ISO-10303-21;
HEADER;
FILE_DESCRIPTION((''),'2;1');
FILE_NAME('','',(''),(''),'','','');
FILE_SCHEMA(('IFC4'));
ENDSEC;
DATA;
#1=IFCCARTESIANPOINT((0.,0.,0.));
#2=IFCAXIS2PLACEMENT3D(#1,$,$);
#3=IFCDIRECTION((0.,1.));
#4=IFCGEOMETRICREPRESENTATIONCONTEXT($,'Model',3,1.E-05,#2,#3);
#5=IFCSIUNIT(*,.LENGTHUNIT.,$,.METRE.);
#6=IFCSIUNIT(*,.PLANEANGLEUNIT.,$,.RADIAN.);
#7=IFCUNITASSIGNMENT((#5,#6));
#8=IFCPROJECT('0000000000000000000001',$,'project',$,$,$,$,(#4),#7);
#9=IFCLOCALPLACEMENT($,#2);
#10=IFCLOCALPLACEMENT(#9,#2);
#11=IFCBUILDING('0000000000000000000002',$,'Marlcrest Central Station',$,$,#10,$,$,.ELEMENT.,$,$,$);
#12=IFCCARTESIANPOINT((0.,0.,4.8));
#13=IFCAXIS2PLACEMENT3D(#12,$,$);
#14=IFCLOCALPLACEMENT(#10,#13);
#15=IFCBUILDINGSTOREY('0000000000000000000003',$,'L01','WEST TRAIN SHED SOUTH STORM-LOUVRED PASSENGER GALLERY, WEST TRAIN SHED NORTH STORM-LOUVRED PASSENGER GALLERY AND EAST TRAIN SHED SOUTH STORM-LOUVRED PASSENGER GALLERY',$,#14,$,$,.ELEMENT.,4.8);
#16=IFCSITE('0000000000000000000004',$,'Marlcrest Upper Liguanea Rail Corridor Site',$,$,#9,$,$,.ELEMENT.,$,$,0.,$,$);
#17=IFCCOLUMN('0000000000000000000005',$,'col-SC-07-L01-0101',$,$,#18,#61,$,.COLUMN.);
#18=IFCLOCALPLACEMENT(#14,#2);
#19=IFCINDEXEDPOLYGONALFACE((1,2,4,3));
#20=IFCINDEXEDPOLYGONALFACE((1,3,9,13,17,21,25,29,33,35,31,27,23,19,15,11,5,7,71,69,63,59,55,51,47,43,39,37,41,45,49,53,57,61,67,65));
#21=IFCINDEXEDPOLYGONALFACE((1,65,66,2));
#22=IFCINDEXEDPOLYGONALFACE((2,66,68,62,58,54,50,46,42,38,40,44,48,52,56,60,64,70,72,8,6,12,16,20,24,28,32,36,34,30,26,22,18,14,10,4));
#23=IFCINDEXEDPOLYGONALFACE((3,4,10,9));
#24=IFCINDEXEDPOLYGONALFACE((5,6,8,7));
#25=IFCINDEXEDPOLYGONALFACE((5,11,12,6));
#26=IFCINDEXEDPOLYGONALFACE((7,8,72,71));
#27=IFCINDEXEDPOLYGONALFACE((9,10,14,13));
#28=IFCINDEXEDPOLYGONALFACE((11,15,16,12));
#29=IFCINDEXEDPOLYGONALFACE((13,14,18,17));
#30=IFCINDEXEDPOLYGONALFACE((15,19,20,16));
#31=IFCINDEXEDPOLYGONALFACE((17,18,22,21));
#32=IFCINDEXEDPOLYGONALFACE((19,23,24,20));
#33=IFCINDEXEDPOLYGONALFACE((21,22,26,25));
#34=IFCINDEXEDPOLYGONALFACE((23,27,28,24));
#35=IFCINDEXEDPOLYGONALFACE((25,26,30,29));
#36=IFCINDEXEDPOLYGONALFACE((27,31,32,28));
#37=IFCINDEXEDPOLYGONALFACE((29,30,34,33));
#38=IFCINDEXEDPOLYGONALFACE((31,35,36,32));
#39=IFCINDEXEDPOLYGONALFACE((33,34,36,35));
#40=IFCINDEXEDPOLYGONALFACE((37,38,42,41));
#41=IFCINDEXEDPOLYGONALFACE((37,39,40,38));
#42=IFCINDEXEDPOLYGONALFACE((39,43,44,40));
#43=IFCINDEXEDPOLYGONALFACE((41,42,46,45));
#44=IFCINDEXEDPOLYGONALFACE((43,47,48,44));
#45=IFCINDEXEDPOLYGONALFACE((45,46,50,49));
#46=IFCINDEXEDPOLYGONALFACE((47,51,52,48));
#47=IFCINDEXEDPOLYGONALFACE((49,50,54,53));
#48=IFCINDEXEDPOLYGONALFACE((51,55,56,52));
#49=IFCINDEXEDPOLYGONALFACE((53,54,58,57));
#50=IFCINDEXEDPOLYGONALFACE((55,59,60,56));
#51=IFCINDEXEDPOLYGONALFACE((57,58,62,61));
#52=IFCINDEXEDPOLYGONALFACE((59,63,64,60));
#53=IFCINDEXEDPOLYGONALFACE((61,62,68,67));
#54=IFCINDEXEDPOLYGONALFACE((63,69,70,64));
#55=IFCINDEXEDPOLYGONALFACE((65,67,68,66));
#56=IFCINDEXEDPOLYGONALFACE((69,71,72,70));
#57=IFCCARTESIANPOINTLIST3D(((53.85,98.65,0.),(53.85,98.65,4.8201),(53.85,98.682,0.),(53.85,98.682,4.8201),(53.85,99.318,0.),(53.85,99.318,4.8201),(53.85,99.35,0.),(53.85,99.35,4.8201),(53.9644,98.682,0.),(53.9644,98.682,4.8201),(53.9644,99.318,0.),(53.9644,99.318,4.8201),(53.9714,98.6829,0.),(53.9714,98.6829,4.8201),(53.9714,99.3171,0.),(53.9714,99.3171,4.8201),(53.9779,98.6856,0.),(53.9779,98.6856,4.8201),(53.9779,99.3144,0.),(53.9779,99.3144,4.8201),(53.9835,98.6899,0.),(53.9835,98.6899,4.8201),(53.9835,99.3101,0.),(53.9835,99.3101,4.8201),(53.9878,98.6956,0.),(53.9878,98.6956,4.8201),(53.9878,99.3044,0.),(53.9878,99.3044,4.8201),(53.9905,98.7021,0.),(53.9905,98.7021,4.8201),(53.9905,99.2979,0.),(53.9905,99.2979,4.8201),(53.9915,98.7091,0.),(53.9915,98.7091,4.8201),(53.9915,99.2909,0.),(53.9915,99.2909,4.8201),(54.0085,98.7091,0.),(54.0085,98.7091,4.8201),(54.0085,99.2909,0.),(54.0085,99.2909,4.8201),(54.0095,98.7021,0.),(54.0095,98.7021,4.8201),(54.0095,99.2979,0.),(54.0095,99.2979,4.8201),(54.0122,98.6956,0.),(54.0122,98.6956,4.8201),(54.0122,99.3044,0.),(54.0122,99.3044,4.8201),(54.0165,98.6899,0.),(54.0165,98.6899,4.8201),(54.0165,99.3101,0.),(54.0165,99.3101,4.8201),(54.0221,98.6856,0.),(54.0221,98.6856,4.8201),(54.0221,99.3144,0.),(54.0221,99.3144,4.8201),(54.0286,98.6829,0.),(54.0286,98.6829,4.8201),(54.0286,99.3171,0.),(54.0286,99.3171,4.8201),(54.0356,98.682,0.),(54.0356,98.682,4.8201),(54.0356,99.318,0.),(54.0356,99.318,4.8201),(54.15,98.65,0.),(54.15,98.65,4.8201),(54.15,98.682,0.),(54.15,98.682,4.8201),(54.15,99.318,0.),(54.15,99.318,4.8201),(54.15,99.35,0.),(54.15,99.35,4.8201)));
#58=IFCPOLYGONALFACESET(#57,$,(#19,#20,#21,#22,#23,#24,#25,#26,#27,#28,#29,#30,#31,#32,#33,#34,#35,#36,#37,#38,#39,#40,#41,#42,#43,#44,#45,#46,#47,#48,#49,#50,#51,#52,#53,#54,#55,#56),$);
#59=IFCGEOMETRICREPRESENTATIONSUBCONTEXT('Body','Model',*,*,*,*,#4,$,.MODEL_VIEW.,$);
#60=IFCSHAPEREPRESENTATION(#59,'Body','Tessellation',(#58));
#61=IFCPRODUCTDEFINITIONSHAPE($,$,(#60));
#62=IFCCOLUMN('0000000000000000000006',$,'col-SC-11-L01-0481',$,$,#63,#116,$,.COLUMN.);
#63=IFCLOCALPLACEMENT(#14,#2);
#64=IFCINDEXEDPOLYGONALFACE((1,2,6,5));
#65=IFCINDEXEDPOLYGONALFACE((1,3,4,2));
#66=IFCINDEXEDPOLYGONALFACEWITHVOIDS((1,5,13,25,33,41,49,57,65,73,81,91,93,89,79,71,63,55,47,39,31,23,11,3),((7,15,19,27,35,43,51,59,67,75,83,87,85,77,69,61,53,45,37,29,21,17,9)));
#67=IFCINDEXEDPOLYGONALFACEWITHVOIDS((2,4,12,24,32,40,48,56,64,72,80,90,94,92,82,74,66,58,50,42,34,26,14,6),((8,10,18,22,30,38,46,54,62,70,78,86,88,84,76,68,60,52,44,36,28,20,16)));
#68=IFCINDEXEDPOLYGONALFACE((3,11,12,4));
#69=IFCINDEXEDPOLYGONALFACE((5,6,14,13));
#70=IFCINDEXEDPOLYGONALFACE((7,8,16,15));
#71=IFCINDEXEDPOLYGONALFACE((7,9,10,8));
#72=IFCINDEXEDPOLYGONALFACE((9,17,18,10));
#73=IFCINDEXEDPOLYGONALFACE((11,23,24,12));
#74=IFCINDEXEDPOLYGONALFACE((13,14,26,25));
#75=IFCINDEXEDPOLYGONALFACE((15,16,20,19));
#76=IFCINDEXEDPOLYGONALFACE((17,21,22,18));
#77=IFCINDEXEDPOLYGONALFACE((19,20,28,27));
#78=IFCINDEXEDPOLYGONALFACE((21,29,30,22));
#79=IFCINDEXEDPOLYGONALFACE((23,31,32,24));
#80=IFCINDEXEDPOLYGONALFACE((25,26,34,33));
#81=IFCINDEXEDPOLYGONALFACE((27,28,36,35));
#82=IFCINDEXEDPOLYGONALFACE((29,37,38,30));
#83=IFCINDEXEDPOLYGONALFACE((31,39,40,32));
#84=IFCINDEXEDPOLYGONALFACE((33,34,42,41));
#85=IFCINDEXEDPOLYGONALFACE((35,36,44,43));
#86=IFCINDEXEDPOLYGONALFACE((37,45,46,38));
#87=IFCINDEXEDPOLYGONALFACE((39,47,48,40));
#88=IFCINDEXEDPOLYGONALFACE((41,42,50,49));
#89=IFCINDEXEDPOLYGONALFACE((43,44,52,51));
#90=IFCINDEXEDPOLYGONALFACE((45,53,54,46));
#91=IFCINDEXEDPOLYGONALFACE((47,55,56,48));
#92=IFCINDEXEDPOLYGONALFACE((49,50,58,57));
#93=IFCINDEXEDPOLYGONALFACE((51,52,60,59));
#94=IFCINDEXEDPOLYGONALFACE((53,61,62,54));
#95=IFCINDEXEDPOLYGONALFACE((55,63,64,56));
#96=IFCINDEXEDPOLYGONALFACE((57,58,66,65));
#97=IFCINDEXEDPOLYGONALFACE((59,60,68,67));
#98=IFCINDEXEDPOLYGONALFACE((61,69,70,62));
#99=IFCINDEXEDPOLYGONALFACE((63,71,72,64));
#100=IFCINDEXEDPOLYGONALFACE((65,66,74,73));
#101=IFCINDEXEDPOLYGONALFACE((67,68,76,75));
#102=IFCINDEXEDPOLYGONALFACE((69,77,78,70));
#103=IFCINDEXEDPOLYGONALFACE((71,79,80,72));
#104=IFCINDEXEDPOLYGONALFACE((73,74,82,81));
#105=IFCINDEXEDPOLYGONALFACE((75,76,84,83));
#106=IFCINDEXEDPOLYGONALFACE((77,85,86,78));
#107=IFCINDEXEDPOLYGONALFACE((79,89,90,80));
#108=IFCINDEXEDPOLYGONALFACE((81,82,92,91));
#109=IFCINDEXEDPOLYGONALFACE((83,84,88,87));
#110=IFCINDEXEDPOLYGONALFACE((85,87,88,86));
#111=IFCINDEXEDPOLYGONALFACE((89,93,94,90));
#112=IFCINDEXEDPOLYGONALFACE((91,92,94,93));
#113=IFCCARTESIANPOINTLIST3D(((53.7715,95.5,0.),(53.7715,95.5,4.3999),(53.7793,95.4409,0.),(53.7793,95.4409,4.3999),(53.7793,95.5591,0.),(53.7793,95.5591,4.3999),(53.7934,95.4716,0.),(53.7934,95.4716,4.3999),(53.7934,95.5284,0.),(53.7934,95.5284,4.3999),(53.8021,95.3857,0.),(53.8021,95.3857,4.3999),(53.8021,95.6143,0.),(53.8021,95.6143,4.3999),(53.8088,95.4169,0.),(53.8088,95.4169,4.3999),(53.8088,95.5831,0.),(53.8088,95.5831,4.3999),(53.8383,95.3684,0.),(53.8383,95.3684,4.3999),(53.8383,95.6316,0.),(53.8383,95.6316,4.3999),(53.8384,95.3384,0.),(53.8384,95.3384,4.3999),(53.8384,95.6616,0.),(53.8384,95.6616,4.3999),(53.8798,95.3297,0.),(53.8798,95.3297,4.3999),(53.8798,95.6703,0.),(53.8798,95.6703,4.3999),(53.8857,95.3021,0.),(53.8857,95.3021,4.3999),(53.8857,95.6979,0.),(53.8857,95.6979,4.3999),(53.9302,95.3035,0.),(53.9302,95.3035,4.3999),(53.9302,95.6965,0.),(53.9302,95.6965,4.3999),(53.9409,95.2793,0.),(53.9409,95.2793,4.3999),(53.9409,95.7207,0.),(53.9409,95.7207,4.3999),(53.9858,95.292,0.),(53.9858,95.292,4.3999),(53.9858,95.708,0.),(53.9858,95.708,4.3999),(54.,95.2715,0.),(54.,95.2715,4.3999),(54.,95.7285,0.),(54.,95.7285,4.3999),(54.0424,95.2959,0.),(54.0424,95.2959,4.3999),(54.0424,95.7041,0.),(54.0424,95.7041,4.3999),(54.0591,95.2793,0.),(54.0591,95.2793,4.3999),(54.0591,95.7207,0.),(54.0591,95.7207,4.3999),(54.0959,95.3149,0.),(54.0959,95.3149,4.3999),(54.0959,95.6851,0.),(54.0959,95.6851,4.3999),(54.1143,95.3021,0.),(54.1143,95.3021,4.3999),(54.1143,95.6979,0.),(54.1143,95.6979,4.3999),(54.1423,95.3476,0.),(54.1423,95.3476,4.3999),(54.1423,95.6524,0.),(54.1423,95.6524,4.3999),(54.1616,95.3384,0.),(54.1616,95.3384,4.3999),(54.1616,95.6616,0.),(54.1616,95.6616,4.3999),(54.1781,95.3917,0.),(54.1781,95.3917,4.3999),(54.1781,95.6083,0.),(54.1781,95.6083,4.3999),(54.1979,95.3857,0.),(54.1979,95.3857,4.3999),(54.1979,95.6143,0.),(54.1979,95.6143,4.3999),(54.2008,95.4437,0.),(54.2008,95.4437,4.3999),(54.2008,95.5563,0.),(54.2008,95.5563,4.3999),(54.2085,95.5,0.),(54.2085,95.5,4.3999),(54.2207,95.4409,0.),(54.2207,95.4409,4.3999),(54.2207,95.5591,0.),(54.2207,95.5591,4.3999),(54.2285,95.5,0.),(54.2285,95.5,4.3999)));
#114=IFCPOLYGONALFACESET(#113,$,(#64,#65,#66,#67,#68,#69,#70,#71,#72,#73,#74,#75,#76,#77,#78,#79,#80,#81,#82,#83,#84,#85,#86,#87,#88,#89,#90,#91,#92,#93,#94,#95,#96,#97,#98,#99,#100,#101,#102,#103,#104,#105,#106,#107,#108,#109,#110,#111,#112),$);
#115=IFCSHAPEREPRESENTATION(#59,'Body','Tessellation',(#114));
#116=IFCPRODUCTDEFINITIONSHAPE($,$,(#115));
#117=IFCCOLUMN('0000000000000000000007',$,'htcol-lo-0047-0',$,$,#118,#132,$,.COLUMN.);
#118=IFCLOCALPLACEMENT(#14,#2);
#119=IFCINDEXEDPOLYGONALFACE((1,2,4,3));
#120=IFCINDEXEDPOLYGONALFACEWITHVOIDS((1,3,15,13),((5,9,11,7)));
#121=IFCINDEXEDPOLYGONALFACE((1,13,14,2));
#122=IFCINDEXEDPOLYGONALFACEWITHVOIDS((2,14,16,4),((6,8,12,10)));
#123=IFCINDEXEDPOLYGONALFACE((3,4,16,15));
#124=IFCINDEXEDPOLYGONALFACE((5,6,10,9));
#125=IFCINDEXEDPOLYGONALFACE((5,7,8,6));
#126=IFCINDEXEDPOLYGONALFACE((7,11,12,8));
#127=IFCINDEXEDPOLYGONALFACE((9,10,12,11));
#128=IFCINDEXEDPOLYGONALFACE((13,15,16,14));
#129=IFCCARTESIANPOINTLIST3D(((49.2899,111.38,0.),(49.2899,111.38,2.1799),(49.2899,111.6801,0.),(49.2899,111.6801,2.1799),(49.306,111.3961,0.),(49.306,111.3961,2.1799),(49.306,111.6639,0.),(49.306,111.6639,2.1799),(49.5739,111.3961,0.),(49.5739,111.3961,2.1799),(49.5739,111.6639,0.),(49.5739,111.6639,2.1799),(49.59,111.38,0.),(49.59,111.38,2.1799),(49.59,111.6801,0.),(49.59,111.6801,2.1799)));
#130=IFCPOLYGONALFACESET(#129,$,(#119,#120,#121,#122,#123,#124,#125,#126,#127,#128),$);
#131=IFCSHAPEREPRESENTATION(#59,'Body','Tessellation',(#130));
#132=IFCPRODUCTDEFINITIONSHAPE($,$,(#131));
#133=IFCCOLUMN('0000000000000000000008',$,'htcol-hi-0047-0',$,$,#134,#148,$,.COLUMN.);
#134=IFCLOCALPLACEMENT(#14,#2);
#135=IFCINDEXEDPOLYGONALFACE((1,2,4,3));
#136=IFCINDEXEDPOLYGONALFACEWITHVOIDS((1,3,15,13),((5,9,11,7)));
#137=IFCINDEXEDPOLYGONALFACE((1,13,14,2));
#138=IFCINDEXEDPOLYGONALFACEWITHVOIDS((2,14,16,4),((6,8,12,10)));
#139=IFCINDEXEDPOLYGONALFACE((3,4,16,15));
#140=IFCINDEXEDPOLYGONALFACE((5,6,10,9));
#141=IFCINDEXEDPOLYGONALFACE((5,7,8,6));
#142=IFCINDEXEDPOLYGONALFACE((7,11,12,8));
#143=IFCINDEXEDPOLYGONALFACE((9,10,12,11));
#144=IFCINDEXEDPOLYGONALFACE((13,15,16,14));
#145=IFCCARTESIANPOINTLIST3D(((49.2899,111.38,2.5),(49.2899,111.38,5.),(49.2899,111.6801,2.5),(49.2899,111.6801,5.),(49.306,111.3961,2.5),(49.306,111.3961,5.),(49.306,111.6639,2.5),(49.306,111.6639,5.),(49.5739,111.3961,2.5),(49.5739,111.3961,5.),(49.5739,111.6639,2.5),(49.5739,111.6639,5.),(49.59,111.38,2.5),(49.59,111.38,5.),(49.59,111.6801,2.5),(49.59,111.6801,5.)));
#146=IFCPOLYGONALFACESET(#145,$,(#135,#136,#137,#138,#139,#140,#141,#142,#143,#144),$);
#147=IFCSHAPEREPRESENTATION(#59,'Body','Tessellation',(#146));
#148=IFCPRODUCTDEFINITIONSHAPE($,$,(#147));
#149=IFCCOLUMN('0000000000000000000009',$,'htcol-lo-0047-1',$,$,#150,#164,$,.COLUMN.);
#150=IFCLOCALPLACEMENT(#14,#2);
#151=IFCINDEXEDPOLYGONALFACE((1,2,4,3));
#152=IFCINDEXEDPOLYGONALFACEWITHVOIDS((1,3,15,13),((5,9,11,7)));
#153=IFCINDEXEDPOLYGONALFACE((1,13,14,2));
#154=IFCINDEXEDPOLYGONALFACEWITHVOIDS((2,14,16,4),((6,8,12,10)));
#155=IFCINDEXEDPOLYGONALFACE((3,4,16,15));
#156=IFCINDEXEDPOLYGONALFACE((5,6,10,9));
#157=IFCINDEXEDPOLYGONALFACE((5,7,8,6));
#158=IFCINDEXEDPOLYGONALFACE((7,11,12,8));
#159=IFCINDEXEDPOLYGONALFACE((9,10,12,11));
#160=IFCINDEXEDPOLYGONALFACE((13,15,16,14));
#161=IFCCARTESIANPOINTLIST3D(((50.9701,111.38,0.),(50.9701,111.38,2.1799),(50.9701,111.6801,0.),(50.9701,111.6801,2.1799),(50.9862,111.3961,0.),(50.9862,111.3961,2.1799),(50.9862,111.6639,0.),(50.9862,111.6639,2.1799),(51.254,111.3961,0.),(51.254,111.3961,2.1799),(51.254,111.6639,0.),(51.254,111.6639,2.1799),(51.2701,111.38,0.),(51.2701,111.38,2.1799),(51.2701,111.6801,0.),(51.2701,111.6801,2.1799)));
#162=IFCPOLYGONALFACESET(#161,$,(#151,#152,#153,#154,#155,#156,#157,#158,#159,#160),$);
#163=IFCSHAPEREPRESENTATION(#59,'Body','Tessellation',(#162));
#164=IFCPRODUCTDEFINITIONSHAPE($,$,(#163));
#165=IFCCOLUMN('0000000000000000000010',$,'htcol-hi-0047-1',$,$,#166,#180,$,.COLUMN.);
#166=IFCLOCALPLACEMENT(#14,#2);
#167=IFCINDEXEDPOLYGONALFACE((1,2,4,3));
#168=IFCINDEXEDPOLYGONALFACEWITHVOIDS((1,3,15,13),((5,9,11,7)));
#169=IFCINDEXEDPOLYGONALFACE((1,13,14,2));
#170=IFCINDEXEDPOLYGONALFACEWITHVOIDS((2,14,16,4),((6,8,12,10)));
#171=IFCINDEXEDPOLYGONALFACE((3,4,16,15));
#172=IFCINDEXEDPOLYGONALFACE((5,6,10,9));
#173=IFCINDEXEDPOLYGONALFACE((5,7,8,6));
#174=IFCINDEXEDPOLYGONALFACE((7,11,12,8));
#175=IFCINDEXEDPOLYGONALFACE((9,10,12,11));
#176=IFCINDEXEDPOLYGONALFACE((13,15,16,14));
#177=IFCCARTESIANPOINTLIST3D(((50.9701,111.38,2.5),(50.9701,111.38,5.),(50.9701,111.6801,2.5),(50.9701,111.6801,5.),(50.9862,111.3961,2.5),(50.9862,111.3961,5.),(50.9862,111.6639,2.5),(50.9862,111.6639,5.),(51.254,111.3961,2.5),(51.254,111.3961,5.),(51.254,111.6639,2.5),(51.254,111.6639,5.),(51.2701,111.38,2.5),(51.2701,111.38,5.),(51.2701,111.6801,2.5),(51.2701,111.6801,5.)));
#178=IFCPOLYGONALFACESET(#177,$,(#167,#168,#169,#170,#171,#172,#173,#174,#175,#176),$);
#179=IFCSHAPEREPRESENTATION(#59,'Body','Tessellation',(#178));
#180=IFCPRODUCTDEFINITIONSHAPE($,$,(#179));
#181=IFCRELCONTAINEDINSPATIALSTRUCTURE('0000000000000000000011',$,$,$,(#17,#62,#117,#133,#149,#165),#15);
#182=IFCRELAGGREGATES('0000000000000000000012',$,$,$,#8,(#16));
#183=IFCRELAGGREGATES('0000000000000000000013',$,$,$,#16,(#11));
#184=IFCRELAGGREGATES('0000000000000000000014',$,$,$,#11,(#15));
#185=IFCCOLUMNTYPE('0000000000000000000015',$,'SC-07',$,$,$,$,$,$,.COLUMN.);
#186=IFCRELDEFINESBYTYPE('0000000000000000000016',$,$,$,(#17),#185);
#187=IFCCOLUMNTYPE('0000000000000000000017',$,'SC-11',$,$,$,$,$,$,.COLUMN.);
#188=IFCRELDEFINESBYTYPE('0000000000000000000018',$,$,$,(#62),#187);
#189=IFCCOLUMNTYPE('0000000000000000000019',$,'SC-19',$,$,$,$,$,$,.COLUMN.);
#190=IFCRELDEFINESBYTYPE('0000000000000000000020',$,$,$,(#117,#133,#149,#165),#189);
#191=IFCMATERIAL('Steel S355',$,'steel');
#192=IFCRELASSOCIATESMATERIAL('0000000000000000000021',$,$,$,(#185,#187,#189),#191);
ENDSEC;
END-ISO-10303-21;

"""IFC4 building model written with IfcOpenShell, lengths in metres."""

from ifc_helpers import new_model, si_unit, direction, frame, origin, origin_2d, place, context, subcontext, project, spatial, hollow_rectangle, hollow_circle, i_section, extrude, material, material_profile, profile_set, type_object, element, save


model = new_model("IFC4")

# Units and contexts
model_context = context("Model", 3, precision=1e-05, world=origin(), true_north=direction((0.0, 1.0)))
body_context = subcontext(model_context, "Body", "Model", "MODEL_VIEW")
ifc_project = project(units=[si_unit("LENGTHUNIT", "METRE"), si_unit("PLANEANGLEUNIT", "RADIAN")], contexts=[model_context])

# Site, building, storey
site_placement = place(None, origin())
site = spatial("IfcSite", under=ifc_project, at=site_placement, Name="Marlcrest Upper Liguanea Rail Corridor Site", CompositionType="ELEMENT", RefElevation=0.0)
building_placement = place(site_placement, origin())
building = spatial("IfcBuilding", under=site, at=building_placement, Name="Marlcrest Central Station", CompositionType="ELEMENT")
storey_placement = place(building_placement, frame((0.0, 0.0, 4.8)))
storey = spatial("IfcBuildingStorey", under=building, at=storey_placement, Name="L01", Description="WEST TRAIN SHED SOUTH STORM-LOUVRED PASSENGER GALLERY, WEST TRAIN SHED NORTH STORM-LOUVRED PASSENGER GALLERY AND EAST TRAIN SHED SOUTH STORM-LOUVRED PASSENGER GALLERY", CompositionType="ELEMENT", Elevation=4.8)

# Columns
ifc_material_1 = material(Name="Steel S355", Category="steel")
ifc_material_profile_1 = material_profile(ifc_material_1, i_section(OverallWidth=0.3, OverallDepth=0.7, WebThickness=0.0171, FlangeThickness=0.032, FilletRadius=0.0271, at=origin_2d()), Name="HEB 700")
ifc_profile_set_1 = profile_set([ifc_material_profile_1], Name="Steel S355")
column_type_1 = type_object("IfcColumnType", Name="SC-07", PredefinedType="COLUMN", material=ifc_profile_set_1)
column_1_placement = place(storey_placement, frame((54.0, 99.0, 0.0), z_axis=(0.0, 0.0, 1.0), x_axis=(1.0, 0.0, 0.0)))
element("IfcColumn", 1, at=column_1_placement, inside=storey, type_object=column_type_1, Name="col-SC-07-L01-0101", PredefinedType="COLUMN", context=body_context, shape_type="SweptSolid", body=[
    extrude(i_section(OverallWidth=0.3, OverallDepth=0.7, WebThickness=0.0171, FlangeThickness=0.032, FilletRadius=0.0271, at=origin_2d()), origin(), (0.0, 0.0, 1.0), 4.8201),
])
ifc_material_profile_2 = material_profile(ifc_material_1, hollow_circle(Radius=0.2285, WallThickness=0.02, at=origin_2d()), Name="CHS 457x20")
ifc_profile_set_2 = profile_set([ifc_material_profile_2], Name="Steel S355")
column_type_2 = type_object("IfcColumnType", Name="SC-11", PredefinedType="COLUMN", material=ifc_profile_set_2)
column_2_placement = place(storey_placement, frame((54.0, 95.5, 0.0), z_axis=(0.0, 0.0, 1.0), x_axis=(1.0, 0.0, 0.0)))
element("IfcColumn", 2, at=column_2_placement, inside=storey, type_object=column_type_2, Name="col-SC-11-L01-0481", PredefinedType="COLUMN", context=body_context, shape_type="SweptSolid", body=[
    extrude(hollow_circle(Radius=0.2285, WallThickness=0.02, at=origin_2d()), origin(), (0.0, 0.0, 1.0), 4.3999),
])
ifc_material_profile_3 = material_profile(ifc_material_1, hollow_rectangle(XDim=0.3, YDim=0.3, WallThickness=0.0161, at=origin_2d()), Name="SHS 300x300x16")
ifc_profile_set_3 = profile_set([ifc_material_profile_3], Name="Steel S355")
column_type_3 = type_object("IfcColumnType", Name="SC-19", PredefinedType="COLUMN", material=ifc_profile_set_3)
column_3_placement = place(storey_placement, frame((49.4399, 111.53, 0.0), z_axis=(0.0, 0.0, 1.0), x_axis=(1.0, 0.0, 0.0)))
element("IfcColumn", 3, at=column_3_placement, inside=storey, type_object=column_type_3, Name="htcol-lo-0047-0", PredefinedType="COLUMN", context=body_context, shape_type="SweptSolid", body=[
    extrude(hollow_rectangle(XDim=0.3, YDim=0.3, WallThickness=0.0161, at=origin_2d()), origin(), (0.0, 0.0, 1.0), 2.1799),
])
column_4_placement = place(storey_placement, frame((49.4399, 111.53, 2.5), z_axis=(0.0, 0.0, 1.0), x_axis=(1.0, 0.0, 0.0)))
element("IfcColumn", 4, at=column_4_placement, inside=storey, type_object=column_type_3, Name="htcol-hi-0047-0", PredefinedType="COLUMN", context=body_context, shape_type="SweptSolid", body=[
    extrude(hollow_rectangle(XDim=0.3, YDim=0.3, WallThickness=0.0161, at=origin_2d()), origin(), (0.0, 0.0, 1.0), 2.5),
])
column_5_placement = place(storey_placement, frame((51.1201, 111.53, 0.0), z_axis=(0.0, 0.0, 1.0), x_axis=(1.0, 0.0, 0.0)))
element("IfcColumn", 5, at=column_5_placement, inside=storey, type_object=column_type_3, Name="htcol-lo-0047-1", PredefinedType="COLUMN", context=body_context, shape_type="SweptSolid", body=[
    extrude(hollow_rectangle(XDim=0.3, YDim=0.3, WallThickness=0.0161, at=origin_2d()), origin(), (0.0, 0.0, 1.0), 2.1799),
])
column_6_placement = place(storey_placement, frame((51.1201, 111.53, 2.5), z_axis=(0.0, 0.0, 1.0), x_axis=(1.0, 0.0, 0.0)))
element("IfcColumn", 6, at=column_6_placement, inside=storey, type_object=column_type_3, Name="htcol-hi-0047-1", PredefinedType="COLUMN", context=body_context, shape_type="SweptSolid", body=[
    extrude(hollow_rectangle(XDim=0.3, YDim=0.3, WallThickness=0.0161, at=origin_2d()), origin(), (0.0, 0.0, 1.0), 2.5),
])

save(model, "model.ifc")
